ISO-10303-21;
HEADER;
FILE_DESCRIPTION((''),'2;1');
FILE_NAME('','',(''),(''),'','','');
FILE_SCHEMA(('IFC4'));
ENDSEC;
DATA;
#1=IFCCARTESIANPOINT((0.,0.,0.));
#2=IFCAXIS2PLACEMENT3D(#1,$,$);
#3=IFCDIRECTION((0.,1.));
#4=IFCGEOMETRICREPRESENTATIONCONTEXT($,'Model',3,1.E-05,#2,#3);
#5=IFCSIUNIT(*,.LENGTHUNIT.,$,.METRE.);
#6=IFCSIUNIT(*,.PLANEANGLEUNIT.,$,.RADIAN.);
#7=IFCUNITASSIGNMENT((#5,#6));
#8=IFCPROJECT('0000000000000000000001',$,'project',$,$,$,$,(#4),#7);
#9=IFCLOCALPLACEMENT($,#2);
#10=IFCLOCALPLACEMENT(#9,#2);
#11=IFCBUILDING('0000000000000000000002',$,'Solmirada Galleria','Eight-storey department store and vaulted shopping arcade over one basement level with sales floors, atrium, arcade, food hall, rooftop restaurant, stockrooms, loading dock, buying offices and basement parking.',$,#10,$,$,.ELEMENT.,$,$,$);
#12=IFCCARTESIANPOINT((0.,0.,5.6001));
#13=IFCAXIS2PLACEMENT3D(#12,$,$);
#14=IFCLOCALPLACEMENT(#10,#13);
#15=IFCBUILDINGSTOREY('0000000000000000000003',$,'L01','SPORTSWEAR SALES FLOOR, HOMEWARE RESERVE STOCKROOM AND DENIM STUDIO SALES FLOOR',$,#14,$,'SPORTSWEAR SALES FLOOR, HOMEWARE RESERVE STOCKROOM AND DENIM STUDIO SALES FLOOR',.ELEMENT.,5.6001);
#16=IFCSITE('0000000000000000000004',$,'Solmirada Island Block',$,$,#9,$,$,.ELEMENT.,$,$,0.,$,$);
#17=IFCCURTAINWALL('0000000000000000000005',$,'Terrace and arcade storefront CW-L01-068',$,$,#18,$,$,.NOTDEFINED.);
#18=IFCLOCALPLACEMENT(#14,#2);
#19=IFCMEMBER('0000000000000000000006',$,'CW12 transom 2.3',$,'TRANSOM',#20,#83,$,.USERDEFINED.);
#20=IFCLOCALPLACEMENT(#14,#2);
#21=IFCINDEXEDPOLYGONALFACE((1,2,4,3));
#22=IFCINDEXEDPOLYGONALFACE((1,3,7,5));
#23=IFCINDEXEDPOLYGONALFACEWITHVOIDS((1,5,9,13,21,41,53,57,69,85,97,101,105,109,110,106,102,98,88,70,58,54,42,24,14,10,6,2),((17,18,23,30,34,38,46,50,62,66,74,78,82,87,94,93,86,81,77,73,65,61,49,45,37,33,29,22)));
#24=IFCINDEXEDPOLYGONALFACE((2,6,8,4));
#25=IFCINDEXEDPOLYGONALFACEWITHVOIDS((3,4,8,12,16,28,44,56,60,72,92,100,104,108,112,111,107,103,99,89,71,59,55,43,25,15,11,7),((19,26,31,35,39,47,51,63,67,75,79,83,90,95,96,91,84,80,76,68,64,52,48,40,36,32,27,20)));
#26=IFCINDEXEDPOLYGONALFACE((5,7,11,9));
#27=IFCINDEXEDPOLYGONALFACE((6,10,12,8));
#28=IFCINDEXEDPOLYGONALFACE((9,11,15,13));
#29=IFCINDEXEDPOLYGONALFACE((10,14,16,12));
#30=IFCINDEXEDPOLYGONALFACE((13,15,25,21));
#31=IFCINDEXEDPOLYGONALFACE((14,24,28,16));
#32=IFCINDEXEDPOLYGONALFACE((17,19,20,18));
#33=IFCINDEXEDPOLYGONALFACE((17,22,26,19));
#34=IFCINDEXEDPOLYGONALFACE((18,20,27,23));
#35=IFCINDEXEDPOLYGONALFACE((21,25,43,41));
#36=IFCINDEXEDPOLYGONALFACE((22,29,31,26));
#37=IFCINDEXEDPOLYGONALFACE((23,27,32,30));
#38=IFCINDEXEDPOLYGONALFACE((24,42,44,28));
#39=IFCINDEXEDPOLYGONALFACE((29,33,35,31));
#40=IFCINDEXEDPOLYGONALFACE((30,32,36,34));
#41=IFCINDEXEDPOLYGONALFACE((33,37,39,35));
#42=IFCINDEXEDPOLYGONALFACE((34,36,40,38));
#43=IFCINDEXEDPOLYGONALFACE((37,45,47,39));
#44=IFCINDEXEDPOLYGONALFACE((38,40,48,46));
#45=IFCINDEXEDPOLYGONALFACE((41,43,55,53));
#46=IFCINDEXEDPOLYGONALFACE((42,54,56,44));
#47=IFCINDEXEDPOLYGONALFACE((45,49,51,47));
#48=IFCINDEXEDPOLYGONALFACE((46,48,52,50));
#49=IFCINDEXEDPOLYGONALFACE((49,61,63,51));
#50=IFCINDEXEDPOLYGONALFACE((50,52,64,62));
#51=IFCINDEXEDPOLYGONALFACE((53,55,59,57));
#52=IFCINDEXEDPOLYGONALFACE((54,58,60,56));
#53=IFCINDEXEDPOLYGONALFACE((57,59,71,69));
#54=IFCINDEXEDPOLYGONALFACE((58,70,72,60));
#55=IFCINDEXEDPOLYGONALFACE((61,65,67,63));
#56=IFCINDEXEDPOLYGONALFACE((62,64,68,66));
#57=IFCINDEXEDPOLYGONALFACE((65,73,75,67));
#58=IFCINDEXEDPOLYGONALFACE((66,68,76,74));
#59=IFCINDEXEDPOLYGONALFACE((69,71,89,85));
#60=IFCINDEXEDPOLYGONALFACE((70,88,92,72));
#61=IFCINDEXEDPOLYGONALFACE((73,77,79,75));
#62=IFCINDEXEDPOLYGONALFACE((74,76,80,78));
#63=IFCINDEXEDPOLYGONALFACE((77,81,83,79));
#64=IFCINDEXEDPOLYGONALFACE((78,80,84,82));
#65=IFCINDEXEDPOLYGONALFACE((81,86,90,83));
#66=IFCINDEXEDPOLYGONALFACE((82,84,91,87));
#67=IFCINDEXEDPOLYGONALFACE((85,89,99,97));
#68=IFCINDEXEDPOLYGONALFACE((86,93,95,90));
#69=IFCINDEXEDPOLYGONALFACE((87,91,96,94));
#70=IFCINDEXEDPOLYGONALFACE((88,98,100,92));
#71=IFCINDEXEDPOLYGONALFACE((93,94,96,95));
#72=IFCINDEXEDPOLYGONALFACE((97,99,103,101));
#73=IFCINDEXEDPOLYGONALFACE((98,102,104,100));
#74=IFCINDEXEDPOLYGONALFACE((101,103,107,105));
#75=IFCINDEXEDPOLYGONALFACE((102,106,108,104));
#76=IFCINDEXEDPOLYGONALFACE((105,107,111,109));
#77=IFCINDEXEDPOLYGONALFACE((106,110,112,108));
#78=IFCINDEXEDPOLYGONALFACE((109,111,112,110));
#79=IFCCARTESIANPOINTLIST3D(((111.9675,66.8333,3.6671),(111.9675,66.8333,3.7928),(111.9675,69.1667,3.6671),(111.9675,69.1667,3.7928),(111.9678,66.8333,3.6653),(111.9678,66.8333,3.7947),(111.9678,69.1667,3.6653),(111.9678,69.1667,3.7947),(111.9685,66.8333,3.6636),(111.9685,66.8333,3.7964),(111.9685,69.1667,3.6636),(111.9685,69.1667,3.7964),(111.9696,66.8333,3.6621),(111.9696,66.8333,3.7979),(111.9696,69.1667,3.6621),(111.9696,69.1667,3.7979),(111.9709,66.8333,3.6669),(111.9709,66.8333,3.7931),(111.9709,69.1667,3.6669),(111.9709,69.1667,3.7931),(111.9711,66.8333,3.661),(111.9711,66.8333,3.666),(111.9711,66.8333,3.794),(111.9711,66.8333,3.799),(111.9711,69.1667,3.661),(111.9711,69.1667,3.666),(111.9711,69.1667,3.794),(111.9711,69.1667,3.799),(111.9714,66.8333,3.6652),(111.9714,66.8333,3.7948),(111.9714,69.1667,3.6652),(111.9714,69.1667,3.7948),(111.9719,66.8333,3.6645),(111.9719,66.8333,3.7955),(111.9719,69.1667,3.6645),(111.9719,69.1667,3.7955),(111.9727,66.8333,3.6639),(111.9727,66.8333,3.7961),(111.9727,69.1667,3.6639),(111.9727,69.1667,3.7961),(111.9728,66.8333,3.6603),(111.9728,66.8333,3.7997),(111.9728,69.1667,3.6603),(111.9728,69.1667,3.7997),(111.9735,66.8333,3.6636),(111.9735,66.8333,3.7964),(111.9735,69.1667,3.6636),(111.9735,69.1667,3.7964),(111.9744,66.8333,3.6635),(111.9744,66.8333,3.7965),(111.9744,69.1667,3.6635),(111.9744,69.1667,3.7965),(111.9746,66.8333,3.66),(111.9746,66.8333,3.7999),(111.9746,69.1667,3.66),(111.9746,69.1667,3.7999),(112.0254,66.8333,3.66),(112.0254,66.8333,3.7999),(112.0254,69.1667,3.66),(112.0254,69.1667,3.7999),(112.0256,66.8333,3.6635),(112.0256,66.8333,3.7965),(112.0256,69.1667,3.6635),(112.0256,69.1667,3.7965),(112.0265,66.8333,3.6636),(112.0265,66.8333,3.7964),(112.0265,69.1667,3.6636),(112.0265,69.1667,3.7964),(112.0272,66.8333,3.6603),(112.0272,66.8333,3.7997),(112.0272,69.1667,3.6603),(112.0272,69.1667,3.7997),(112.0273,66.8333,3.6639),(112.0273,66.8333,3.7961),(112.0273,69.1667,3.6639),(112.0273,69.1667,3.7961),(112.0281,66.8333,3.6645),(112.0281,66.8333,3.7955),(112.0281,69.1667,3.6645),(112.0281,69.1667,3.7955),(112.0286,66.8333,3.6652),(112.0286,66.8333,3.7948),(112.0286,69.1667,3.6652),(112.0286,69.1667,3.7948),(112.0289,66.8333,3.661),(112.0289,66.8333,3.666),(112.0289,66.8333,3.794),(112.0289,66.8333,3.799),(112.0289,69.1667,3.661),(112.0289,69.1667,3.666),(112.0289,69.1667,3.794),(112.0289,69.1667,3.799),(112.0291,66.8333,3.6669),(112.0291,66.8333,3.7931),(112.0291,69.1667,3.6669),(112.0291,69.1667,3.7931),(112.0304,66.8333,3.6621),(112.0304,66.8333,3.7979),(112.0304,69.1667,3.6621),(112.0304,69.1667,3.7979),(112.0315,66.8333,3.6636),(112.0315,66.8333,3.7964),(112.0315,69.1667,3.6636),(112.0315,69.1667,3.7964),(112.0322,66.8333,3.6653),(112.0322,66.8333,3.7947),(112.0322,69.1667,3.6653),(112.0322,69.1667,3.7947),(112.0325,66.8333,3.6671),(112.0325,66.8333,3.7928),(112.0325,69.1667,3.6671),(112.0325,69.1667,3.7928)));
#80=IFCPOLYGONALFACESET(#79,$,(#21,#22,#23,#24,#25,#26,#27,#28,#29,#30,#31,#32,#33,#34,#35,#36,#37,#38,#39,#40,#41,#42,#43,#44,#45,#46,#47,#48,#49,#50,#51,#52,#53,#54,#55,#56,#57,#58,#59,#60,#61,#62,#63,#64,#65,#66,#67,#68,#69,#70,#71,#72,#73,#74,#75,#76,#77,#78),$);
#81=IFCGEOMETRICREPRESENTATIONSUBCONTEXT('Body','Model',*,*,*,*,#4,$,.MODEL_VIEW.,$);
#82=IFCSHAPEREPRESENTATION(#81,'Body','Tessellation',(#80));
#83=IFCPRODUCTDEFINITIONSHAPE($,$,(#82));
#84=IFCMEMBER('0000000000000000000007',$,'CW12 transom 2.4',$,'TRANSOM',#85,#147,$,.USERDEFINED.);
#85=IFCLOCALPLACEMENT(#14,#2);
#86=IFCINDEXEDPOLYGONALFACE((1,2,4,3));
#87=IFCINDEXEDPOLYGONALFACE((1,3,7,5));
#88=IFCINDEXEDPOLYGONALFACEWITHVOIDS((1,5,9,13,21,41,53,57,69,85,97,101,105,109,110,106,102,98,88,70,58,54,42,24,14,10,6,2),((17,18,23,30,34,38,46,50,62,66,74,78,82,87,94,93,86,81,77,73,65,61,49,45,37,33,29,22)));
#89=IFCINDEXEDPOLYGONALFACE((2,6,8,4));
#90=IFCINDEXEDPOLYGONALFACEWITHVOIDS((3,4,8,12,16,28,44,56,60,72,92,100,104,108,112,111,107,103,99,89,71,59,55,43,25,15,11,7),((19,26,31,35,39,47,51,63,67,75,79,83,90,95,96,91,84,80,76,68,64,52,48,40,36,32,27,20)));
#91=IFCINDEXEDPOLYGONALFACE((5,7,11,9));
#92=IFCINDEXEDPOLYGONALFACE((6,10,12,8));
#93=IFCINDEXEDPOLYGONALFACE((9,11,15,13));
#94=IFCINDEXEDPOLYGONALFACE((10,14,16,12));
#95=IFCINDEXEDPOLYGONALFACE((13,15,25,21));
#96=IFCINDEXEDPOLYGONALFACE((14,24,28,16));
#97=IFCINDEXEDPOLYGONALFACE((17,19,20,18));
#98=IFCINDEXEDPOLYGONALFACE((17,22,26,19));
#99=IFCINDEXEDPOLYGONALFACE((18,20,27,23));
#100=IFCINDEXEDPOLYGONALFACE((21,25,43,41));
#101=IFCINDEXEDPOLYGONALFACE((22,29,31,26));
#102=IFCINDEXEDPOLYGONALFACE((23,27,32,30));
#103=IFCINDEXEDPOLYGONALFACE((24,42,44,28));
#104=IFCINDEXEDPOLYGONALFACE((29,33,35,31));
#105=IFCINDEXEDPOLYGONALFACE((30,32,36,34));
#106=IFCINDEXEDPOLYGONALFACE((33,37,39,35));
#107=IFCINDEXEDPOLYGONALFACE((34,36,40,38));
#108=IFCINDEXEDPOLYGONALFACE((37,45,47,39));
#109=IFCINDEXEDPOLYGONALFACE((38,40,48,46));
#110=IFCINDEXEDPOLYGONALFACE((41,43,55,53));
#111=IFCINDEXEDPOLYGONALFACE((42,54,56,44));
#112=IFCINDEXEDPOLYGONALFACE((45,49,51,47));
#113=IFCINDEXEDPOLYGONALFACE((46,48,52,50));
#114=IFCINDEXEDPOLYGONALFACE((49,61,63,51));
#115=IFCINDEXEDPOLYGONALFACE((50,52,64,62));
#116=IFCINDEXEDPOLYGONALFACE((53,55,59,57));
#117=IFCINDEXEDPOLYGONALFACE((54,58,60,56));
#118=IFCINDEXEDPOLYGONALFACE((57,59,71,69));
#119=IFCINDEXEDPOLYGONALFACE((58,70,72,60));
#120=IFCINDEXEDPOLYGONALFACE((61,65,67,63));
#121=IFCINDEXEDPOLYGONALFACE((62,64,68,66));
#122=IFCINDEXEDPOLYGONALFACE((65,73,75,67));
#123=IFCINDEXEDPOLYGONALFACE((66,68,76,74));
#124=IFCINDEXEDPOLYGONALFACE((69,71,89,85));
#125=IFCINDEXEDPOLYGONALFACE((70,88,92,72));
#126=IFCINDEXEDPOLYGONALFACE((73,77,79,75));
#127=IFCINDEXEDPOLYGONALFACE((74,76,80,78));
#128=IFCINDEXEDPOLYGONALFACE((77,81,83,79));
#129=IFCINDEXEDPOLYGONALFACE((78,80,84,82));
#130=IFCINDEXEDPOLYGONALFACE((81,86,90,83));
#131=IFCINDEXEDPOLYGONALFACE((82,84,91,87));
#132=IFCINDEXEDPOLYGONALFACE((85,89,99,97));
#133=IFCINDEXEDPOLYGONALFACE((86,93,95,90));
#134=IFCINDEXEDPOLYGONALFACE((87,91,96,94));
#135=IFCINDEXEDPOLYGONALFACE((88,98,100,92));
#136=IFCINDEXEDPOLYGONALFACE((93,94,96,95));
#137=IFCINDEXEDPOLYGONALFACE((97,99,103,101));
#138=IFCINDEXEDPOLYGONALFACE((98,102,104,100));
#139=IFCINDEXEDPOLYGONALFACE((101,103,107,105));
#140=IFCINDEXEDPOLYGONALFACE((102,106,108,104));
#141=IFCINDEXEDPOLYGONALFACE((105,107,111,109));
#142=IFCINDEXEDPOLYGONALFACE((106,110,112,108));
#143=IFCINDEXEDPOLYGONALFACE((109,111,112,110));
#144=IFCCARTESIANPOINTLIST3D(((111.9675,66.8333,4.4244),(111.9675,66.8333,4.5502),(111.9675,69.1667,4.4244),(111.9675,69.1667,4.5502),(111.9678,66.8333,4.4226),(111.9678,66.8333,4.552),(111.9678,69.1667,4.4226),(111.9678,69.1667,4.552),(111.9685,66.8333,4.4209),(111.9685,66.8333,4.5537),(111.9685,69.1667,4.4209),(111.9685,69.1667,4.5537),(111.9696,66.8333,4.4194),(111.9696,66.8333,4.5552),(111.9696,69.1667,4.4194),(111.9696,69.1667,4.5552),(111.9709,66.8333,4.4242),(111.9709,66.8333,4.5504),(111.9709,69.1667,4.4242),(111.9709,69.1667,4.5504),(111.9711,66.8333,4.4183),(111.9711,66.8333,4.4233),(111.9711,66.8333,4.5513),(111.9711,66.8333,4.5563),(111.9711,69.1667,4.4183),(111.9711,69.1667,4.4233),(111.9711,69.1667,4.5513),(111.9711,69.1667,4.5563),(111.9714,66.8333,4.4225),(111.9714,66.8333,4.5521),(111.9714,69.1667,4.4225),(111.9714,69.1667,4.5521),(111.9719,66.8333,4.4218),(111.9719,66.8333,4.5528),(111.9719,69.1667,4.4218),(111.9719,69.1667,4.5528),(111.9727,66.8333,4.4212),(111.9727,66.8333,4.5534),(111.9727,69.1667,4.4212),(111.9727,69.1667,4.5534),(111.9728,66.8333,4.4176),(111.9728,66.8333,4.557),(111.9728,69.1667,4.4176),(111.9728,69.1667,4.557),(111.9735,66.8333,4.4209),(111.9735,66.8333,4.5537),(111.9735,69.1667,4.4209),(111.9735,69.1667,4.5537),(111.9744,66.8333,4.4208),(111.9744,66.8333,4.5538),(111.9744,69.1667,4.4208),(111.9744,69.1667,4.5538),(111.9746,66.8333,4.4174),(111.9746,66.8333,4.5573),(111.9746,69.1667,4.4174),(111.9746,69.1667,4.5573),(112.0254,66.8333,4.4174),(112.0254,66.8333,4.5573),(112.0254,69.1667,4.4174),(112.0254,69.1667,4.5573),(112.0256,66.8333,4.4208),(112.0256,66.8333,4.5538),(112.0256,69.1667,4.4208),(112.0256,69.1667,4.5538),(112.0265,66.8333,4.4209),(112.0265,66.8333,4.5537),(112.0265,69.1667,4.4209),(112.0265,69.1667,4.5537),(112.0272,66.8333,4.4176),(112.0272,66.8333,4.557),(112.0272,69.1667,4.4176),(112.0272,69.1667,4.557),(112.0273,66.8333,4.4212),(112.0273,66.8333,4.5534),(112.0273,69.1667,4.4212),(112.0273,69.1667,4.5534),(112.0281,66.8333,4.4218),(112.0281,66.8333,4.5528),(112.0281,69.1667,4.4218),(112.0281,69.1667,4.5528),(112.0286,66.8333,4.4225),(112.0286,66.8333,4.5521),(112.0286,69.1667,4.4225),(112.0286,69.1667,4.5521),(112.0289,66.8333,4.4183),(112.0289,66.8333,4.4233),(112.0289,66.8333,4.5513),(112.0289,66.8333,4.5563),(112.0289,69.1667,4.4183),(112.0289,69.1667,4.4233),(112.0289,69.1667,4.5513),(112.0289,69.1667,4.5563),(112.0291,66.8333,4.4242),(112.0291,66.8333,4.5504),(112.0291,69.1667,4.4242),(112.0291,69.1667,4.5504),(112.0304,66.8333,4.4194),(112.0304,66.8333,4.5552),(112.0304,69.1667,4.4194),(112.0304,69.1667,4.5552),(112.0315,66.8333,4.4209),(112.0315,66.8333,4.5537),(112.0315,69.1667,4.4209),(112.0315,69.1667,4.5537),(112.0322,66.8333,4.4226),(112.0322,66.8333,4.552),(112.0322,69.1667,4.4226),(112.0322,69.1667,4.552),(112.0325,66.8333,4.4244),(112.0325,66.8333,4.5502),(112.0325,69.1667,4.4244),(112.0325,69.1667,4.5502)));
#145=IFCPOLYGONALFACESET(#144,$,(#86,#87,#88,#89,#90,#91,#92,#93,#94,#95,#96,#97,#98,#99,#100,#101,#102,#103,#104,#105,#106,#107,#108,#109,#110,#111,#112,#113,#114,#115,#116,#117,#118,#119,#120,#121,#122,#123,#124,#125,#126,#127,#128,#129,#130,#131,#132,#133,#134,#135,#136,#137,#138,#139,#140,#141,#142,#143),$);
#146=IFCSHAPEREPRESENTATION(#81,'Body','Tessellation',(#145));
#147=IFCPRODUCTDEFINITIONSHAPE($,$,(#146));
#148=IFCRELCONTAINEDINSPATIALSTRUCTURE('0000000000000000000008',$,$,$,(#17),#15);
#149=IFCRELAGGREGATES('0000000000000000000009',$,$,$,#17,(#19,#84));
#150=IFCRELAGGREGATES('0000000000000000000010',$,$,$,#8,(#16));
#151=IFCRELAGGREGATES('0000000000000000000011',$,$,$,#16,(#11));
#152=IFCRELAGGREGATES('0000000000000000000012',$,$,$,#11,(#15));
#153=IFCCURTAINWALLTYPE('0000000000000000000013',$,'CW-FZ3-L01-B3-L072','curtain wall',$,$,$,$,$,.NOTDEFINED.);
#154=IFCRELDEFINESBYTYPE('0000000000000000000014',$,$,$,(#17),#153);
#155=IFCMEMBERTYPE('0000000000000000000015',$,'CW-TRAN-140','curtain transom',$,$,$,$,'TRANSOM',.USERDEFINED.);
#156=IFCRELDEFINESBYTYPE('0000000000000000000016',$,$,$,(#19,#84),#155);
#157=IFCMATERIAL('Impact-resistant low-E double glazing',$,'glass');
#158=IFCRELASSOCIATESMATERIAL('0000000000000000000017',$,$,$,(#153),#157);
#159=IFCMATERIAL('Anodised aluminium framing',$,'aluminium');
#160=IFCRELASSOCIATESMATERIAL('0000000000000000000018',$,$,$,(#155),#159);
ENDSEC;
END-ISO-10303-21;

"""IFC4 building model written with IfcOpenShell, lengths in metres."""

from ifc_helpers import new_model, si_unit, direction, frame, origin, origin_2d, place, context, subcontext, project, spatial, hollow_rectangle, extrude, material, material_profile, profile_set, type_object, element, aggregate, save


model = new_model("IFC4")

# Units and contexts
model_context = context("Model", 3, precision=1e-05, world=origin(), true_north=direction((0.0, 1.0)))
body_context = subcontext(model_context, "Body", "Model", "MODEL_VIEW")
ifc_project = project(units=[si_unit("LENGTHUNIT", "METRE"), si_unit("PLANEANGLEUNIT", "RADIAN")], contexts=[model_context])

# Site, building, storey
site_placement = place(None, origin())
site = spatial("IfcSite", under=ifc_project, at=site_placement, Name="Solmirada Island Block", CompositionType="ELEMENT", RefElevation=0.0)
building_placement = place(site_placement, origin())
building = spatial("IfcBuilding", under=site, at=building_placement, Name="Solmirada Galleria", Description="Eight-storey department store and vaulted shopping arcade over one basement level with sales floors, atrium, arcade, food hall, rooftop restaurant, stockrooms, loading dock, buying offices and basement parking.", CompositionType="ELEMENT")
storey_placement = place(building_placement, frame((0.0, 0.0, 5.6001)))
storey = spatial("IfcBuildingStorey", under=building, at=storey_placement, Name="L01", Description="SPORTSWEAR SALES FLOOR, HOMEWARE RESERVE STOCKROOM AND DENIM STUDIO SALES FLOOR", LongName="SPORTSWEAR SALES FLOOR, HOMEWARE RESERVE STOCKROOM AND DENIM STUDIO SALES FLOOR", CompositionType="ELEMENT", Elevation=5.6001)

# Shared definitions
ifc_material_1 = material(Name="Impact-resistant low-E double glazing", Category="glass")
ifc_material_2 = material(Name="Anodised aluminium framing", Category="aluminium")

# Curtain wall
curtain_wall_type_1 = type_object("IfcCurtainWallType", Name="CW-FZ3-L01-B3-L072", Description="curtain wall", PredefinedType="NOTDEFINED", material=ifc_material_1)
curtain_wall_1_placement = place(storey_placement, origin())
curtain_wall_1 = element("IfcCurtainWall", 1, at=curtain_wall_1_placement, inside=storey, type_object=curtain_wall_type_1, Name="Terrace and arcade storefront CW-L01-068", PredefinedType="NOTDEFINED")

# Members
ifc_material_profile_1 = material_profile(ifc_material_2, hollow_rectangle(XDim=0.0649, YDim=0.1399, WallThickness=0.0034, InnerFilletRadius=0.0034, OuterFilletRadius=0.0071, at=origin_2d()), Name="ALU-TRAN-140X65")
ifc_profile_set_1 = profile_set([ifc_material_profile_1], Name="Anodised aluminium framing")
member_type_1 = type_object("IfcMemberType", Name="CW-TRAN-140", Description="curtain transom", ElementType="TRANSOM", PredefinedType="USERDEFINED", material=ifc_profile_set_1)
member_1_placement = place(storey_placement, frame((112.0, 69.1667, 3.73), z_axis=(0.0, -1.0, 0.0), x_axis=(1.0, 0.0, 0.0)))
member_1 = element("IfcMember", 2, at=member_1_placement, type_object=member_type_1, Name="CW12 transom 2.3", ObjectType="TRANSOM", PredefinedType="USERDEFINED", context=body_context, shape_type="SweptSolid", body=[
    extrude(hollow_rectangle(XDim=0.0649, YDim=0.1399, WallThickness=0.0034, InnerFilletRadius=0.0034, OuterFilletRadius=0.0071, at=origin_2d()), origin(), (0.0, 0.0, 1.0), 2.3335),
])
member_2_placement = place(storey_placement, frame((112.0, 69.1667, 4.4873), z_axis=(0.0, -1.0, 0.0), x_axis=(1.0, 0.0, 0.0)))
member_2 = element("IfcMember", 3, at=member_2_placement, type_object=member_type_1, Name="CW12 transom 2.4", ObjectType="TRANSOM", PredefinedType="USERDEFINED", context=body_context, shape_type="SweptSolid", body=[
    extrude(hollow_rectangle(XDim=0.0649, YDim=0.1399, WallThickness=0.0034, InnerFilletRadius=0.0034, OuterFilletRadius=0.0071, at=origin_2d()), origin(), (0.0, 0.0, 1.0), 2.3335),
])

aggregate(curtain_wall_1, [member_1, member_2])

save(model, "model.ifc")
